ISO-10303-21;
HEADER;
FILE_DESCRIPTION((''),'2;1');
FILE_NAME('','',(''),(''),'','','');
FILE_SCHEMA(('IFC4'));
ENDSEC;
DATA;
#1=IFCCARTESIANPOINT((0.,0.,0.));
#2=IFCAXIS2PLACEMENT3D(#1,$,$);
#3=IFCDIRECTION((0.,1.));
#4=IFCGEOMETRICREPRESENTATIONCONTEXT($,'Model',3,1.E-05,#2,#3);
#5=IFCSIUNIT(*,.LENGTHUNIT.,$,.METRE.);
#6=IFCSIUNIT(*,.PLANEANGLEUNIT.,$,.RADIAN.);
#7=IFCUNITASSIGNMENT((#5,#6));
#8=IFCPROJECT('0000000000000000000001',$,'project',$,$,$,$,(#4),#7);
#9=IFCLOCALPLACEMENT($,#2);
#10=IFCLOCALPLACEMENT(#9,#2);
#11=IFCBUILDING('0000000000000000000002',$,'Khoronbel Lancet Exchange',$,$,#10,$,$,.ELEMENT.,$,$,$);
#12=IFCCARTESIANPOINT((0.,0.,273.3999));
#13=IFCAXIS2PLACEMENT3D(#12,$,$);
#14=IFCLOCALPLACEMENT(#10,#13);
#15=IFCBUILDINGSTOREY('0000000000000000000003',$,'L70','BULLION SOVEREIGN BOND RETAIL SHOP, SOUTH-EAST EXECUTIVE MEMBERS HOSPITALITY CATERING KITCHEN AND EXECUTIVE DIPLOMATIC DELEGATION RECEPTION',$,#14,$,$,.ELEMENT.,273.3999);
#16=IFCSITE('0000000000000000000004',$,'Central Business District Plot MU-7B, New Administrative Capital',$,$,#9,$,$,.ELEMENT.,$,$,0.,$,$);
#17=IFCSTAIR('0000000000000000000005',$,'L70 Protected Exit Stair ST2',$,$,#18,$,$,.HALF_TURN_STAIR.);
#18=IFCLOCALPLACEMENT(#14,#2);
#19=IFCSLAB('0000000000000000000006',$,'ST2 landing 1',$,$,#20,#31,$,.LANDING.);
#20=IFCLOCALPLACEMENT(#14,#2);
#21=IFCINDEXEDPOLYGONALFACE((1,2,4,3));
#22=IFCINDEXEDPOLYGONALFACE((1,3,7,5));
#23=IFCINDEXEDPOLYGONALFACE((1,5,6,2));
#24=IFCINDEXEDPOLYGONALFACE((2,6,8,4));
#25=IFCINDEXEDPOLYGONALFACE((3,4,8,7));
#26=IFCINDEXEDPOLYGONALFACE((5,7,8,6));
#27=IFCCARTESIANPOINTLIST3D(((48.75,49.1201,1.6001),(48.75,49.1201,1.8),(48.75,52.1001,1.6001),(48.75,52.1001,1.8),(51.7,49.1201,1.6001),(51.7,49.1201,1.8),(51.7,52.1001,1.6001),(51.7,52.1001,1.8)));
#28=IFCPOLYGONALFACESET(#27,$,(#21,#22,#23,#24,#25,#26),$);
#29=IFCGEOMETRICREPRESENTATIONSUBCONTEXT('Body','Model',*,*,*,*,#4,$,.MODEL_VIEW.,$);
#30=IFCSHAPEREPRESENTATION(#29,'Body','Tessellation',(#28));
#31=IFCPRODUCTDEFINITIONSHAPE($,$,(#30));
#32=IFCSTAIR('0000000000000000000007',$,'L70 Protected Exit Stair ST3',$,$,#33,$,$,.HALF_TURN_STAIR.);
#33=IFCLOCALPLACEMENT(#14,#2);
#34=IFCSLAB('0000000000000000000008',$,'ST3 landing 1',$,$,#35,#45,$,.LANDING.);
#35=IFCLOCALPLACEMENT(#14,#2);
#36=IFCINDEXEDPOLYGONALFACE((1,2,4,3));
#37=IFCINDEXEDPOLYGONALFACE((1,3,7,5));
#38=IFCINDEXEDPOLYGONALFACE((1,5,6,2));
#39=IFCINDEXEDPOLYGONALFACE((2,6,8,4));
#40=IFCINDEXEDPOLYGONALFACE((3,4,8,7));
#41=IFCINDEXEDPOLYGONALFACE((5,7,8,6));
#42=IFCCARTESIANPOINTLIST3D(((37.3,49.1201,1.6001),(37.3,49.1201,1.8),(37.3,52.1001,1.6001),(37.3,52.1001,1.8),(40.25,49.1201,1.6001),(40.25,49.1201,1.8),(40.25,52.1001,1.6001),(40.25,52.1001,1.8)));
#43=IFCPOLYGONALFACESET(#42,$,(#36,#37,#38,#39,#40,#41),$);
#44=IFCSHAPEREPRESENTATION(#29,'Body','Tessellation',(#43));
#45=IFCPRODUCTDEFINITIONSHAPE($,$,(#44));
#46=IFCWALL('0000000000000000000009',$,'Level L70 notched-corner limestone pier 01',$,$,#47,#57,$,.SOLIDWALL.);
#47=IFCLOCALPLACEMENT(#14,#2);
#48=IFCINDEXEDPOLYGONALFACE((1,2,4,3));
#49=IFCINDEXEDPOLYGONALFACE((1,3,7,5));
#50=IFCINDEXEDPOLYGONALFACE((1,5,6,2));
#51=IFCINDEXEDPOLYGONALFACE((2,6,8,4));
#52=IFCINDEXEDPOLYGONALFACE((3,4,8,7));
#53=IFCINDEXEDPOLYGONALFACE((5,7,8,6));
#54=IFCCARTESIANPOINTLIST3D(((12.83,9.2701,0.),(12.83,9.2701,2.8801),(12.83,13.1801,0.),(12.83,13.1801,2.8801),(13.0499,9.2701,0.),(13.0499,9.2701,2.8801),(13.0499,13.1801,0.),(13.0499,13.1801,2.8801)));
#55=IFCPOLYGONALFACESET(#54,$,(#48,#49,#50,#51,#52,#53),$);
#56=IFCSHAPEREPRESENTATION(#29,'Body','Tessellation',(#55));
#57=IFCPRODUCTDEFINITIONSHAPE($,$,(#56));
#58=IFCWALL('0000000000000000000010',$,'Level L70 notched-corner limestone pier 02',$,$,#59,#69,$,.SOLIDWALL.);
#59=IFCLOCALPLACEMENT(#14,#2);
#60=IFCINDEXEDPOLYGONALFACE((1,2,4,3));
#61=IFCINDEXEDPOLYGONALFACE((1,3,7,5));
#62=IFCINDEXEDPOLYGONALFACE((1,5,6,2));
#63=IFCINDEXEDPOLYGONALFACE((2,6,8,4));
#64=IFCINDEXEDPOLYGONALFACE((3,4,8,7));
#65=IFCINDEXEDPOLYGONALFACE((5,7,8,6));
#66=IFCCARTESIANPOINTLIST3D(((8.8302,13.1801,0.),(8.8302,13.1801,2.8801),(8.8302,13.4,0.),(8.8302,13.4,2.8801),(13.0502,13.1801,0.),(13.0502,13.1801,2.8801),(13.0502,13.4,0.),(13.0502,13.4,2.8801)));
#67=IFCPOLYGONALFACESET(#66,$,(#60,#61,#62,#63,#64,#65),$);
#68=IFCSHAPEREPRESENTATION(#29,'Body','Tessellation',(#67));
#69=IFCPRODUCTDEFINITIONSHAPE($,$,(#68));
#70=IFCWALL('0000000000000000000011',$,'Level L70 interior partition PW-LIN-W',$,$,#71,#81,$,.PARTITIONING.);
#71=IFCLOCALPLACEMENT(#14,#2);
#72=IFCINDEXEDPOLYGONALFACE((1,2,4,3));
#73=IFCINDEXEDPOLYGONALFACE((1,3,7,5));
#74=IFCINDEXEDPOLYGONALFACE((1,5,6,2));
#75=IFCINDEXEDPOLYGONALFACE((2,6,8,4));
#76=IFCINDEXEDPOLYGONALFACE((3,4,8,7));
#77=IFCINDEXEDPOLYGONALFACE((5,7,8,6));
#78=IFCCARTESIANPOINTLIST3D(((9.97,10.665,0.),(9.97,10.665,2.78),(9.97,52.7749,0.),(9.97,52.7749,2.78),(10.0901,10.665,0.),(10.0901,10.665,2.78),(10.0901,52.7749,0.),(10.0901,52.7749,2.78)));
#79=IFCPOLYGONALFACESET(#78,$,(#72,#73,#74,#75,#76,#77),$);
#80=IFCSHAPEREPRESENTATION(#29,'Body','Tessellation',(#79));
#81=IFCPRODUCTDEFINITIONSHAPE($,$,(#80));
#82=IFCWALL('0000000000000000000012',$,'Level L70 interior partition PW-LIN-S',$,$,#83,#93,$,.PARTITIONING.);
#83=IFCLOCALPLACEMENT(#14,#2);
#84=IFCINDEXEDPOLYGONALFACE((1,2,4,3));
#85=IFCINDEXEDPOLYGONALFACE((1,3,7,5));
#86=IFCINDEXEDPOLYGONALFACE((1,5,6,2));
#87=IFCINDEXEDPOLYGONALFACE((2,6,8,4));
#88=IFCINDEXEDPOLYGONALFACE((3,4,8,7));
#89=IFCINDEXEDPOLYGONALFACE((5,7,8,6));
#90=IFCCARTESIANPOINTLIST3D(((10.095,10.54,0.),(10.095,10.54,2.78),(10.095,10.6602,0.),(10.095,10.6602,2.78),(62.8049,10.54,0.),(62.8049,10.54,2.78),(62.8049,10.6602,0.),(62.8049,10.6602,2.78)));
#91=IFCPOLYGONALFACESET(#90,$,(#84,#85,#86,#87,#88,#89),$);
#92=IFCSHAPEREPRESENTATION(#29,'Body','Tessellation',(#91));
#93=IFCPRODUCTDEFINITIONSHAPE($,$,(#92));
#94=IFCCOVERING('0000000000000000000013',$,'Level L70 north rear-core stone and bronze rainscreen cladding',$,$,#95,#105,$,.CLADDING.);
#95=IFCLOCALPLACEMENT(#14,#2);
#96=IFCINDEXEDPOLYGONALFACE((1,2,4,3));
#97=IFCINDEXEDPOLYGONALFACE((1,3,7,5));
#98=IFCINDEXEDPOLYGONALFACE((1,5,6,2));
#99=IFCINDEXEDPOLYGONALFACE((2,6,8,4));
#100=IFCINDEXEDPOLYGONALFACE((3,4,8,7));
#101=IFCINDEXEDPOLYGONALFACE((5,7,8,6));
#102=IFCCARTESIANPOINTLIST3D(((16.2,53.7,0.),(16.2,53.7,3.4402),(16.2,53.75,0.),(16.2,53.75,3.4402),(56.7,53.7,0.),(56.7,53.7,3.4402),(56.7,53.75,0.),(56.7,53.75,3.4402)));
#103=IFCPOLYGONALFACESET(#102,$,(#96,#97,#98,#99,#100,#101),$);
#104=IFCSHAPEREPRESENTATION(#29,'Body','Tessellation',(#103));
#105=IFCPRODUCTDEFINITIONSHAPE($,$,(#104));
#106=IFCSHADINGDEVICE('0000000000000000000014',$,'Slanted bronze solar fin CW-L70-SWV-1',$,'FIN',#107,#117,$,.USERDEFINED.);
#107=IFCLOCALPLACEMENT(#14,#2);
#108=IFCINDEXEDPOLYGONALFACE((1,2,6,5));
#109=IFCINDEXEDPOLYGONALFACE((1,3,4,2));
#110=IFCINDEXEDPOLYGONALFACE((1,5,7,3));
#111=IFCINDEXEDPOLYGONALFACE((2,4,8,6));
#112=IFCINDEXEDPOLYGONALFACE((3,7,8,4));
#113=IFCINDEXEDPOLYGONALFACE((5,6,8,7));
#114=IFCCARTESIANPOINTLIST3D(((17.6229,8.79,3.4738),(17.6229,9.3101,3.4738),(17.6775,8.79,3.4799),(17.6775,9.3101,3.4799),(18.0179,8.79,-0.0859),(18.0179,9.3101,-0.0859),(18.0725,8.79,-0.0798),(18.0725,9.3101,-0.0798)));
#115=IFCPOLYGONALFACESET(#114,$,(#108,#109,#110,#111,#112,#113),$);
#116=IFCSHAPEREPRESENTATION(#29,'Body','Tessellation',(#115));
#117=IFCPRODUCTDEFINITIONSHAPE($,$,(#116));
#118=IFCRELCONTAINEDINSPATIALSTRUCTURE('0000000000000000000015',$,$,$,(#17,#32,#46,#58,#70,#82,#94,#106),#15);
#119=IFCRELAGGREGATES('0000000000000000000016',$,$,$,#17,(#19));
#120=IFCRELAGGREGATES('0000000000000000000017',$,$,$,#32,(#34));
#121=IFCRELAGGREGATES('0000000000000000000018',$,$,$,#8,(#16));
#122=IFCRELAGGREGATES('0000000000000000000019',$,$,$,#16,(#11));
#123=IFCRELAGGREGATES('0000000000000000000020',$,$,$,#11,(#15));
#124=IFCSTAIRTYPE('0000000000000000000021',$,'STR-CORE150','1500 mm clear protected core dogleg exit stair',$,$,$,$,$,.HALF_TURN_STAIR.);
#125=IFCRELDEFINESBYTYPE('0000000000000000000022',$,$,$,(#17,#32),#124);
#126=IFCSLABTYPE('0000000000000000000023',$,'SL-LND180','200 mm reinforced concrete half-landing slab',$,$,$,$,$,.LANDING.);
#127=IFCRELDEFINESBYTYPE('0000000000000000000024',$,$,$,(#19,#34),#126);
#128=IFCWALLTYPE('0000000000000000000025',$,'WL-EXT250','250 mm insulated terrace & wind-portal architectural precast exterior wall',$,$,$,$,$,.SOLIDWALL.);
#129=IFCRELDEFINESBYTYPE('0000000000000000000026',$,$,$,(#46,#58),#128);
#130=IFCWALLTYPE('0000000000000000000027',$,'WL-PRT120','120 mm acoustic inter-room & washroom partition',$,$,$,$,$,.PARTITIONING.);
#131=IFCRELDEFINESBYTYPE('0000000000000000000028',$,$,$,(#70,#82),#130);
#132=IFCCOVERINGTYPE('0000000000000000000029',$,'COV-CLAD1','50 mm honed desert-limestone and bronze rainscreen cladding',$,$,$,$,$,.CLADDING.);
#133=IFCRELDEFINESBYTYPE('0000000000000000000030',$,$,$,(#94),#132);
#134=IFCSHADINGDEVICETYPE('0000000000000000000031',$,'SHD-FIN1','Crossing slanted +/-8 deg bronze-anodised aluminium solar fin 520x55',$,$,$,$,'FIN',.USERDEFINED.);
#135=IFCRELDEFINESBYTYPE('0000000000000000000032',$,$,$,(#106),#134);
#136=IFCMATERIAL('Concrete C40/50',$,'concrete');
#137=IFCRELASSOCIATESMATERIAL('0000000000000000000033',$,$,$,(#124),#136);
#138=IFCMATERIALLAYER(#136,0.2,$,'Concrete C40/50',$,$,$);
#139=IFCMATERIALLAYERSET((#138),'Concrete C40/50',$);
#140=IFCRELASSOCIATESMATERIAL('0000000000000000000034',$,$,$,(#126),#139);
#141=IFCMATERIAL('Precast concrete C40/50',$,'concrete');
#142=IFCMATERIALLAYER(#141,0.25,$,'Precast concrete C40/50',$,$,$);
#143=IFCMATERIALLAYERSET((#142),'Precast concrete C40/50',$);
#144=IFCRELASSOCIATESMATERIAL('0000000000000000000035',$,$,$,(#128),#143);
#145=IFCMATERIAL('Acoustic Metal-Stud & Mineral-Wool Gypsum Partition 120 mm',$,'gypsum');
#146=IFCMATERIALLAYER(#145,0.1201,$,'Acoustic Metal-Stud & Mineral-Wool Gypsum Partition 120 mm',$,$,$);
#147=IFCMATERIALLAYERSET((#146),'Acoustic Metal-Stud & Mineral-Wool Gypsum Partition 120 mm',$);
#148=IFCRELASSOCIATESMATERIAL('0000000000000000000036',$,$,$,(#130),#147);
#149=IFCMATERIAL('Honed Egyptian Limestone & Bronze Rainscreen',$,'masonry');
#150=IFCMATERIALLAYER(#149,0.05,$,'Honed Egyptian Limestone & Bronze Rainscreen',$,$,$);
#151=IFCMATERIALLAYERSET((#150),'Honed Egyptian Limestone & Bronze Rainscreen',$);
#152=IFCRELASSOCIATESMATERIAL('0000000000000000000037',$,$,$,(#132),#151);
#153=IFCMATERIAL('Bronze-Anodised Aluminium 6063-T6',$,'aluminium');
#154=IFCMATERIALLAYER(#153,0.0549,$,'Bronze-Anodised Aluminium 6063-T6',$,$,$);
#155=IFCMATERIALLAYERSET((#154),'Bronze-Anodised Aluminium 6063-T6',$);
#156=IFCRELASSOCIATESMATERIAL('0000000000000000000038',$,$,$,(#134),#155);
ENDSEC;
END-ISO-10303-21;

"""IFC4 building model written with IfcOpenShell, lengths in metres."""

from ifc_helpers import new_model, si_unit, direction, frame, frame_2d, origin, place, context, subcontext, project, spatial, polyline, rectangle, outline, extrude, material, layer, layer_set, type_object, element, aggregate, save


model = new_model("IFC4")

# Units and contexts
model_context = context("Model", 3, precision=1e-05, world=origin(), true_north=direction((0.0, 1.0)))
body_context = subcontext(model_context, "Body", "Model", "MODEL_VIEW")
ifc_project = project(units=[si_unit("LENGTHUNIT", "METRE"), si_unit("PLANEANGLEUNIT", "RADIAN")], contexts=[model_context])

# Site, building, storey
site_placement = place(None, origin())
site = spatial("IfcSite", under=ifc_project, at=site_placement, Name="Central Business District Plot MU-7B, New Administrative Capital", CompositionType="ELEMENT", RefElevation=0.0)
building_placement = place(site_placement, origin())
building = spatial("IfcBuilding", under=site, at=building_placement, Name="Khoronbel Lancet Exchange", CompositionType="ELEMENT")
storey_placement = place(building_placement, frame((0.0, 0.0, 273.3999)))
storey = spatial("IfcBuildingStorey", under=building, at=storey_placement, Name="L70", Description="BULLION SOVEREIGN BOND RETAIL SHOP, SOUTH-EAST EXECUTIVE MEMBERS HOSPITALITY CATERING KITCHEN AND EXECUTIVE DIPLOMATIC DELEGATION RECEPTION", CompositionType="ELEMENT", Elevation=273.3999)

# Shared definitions
ifc_material_1 = material(Name="Bronze-Anodised Aluminium 6063-T6", Category="aluminium")

# Shared definitions
ifc_material_2 = material(Name="Concrete C40/50", Category="concrete")

# Stairs, slabs
stair_type = type_object("IfcStairType", Name="STR-CORE150", Description="1500 mm clear protected core dogleg exit stair", PredefinedType="HALF_TURN_STAIR", material=ifc_material_2)
ifc_layer_1 = layer(ifc_material_2, 0.2, Name="Concrete C40/50")
ifc_layer_set_1 = layer_set([ifc_layer_1], Name="Concrete C40/50")
slab_type_1 = type_object("IfcSlabType", Name="SL-LND180", Description="200 mm reinforced concrete half-landing slab", PredefinedType="LANDING", material=ifc_layer_set_1)
stair_1_placement = place(storey_placement, origin())
stair_1 = element("IfcStair", 1, at=stair_1_placement, inside=storey, type_object=stair_type, Name="L70 Protected Exit Stair ST2", PredefinedType="HALF_TURN_STAIR")
slab_1_placement = place(storey_placement, frame((0.0, 0.0, 1.6001)))
slab_1 = element("IfcSlab", 2, at=slab_1_placement, type_object=slab_type_1, Name="ST2 landing 1", PredefinedType="LANDING", context=body_context, shape_type="SweptSolid", body=[
    extrude(outline(polyline([(51.7, 52.1001), (48.75, 52.1001), (48.75, 49.1201), (51.7, 49.1201), (51.7, 52.1001)])), origin(), (0.0, 0.0, 1.0), 0.2),
])
aggregate(stair_1, [slab_1])
stair_2_placement = place(storey_placement, origin())
stair_2 = element("IfcStair", 3, at=stair_2_placement, inside=storey, type_object=stair_type, Name="L70 Protected Exit Stair ST3", PredefinedType="HALF_TURN_STAIR")
slab_2_placement = place(storey_placement, frame((0.0, 0.0, 1.6001)))
slab_2 = element("IfcSlab", 4, at=slab_2_placement, type_object=slab_type_1, Name="ST3 landing 1", PredefinedType="LANDING", context=body_context, shape_type="SweptSolid", body=[
    extrude(outline(polyline([(37.3, 49.1201), (40.25, 49.1201), (40.25, 52.1001), (37.3, 52.1001), (37.3, 49.1201)])), origin(), (0.0, 0.0, 1.0), 0.2),
])
aggregate(stair_2, [slab_2])

# Walls
ifc_material_3 = material(Name="Precast concrete C40/50", Category="concrete")
ifc_layer_2 = layer(ifc_material_3, 0.25, Name="Precast concrete C40/50")
ifc_layer_set_2 = layer_set([ifc_layer_2], Name="Precast concrete C40/50")
wall_type_1 = type_object("IfcWallType", Name="WL-EXT250", Description="250 mm insulated terrace & wind-portal architectural precast exterior wall", PredefinedType="SOLIDWALL", material=ifc_layer_set_2)
wall_1_placement = place(storey_placement, frame((12.9399, 9.27, 0.0), z_axis=(0.0, 0.0, 1.0), x_axis=(0.0, 1.0, 0.0)))
element("IfcWall", 5, at=wall_1_placement, inside=storey, type_object=wall_type_1, Name="Level L70 notched-corner limestone pier 01", PredefinedType="SOLIDWALL", context=body_context, shape_type="SweptSolid", body=[
    extrude(rectangle(XDim=3.9099, YDim=0.22, at=frame_2d((1.9551, 0.0))), origin(), (0.0, 0.0, 1.0), 2.8801),
])
wall_2_placement = place(storey_placement, frame((13.05, 13.29, 0.0), z_axis=(0.0, 0.0, 1.0), x_axis=(-1.0, 0.0, 0.0)))
element("IfcWall", 6, at=wall_2_placement, inside=storey, type_object=wall_type_1, Name="Level L70 notched-corner limestone pier 02", PredefinedType="SOLIDWALL", context=body_context, shape_type="SweptSolid", body=[
    extrude(rectangle(XDim=4.22, YDim=0.22, at=frame_2d((2.1099, 0.0))), origin(), (0.0, 0.0, 1.0), 2.8801),
])
ifc_material_4 = material(Name="Acoustic Metal-Stud & Mineral-Wool Gypsum Partition 120 mm", Category="gypsum")
ifc_layer_3 = layer(ifc_material_4, 0.1201, Name="Acoustic Metal-Stud & Mineral-Wool Gypsum Partition 120 mm")
ifc_layer_set_3 = layer_set([ifc_layer_3], Name="Acoustic Metal-Stud & Mineral-Wool Gypsum Partition 120 mm")
wall_type_2 = type_object("IfcWallType", Name="WL-PRT120", Description="120 mm acoustic inter-room & washroom partition", PredefinedType="PARTITIONING", material=ifc_layer_set_3)
wall_3_placement = place(storey_placement, frame((10.03, 10.665, 0.0), z_axis=(0.0, 0.0, 1.0), x_axis=(0.0, 1.0, 0.0)))
element("IfcWall", 7, at=wall_3_placement, inside=storey, type_object=wall_type_2, Name="Level L70 interior partition PW-LIN-W", PredefinedType="PARTITIONING", context=body_context, shape_type="SweptSolid", body=[
    extrude(rectangle(XDim=42.1099, YDim=0.1201, at=frame_2d((21.0549, 0.0))), origin(), (0.0, 0.0, 1.0), 2.78),
])
wall_4_placement = place(storey_placement, frame((10.095, 10.6001, 0.0), z_axis=(0.0, 0.0, 1.0), x_axis=(1.0, 0.0, 0.0)))
element("IfcWall", 8, at=wall_4_placement, inside=storey, type_object=wall_type_2, Name="Level L70 interior partition PW-LIN-S", PredefinedType="PARTITIONING", context=body_context, shape_type="SweptSolid", body=[
    extrude(rectangle(XDim=52.71, YDim=0.1201, at=frame_2d((26.355, 0.0))), origin(), (0.0, 0.0, 1.0), 2.78),
])

# Covering
ifc_material_5 = material(Name="Honed Egyptian Limestone & Bronze Rainscreen", Category="masonry")
ifc_layer_4 = layer(ifc_material_5, 0.05, Name="Honed Egyptian Limestone & Bronze Rainscreen")
ifc_layer_set_4 = layer_set([ifc_layer_4], Name="Honed Egyptian Limestone & Bronze Rainscreen")
covering_type = type_object("IfcCoveringType", Name="COV-CLAD1", Description="50 mm honed desert-limestone and bronze rainscreen cladding", PredefinedType="CLADDING", material=ifc_layer_set_4)
covering_placement = place(storey_placement, origin())
element("IfcCovering", 9, at=covering_placement, inside=storey, type_object=covering_type, Name="Level L70 north rear-core stone and bronze rainscreen cladding", PredefinedType="CLADDING", context=body_context, shape_type="SweptSolid", body=[
    extrude(outline(polyline([(16.2, 53.7), (56.7, 53.7), (56.7, 53.75), (16.2, 53.75), (16.2, 53.7)])), origin(), (0.0, 0.0, 1.0), 3.4402),
])

# Shading device
ifc_layer_5 = layer(ifc_material_1, 0.0549, Name="Bronze-Anodised Aluminium 6063-T6")
ifc_layer_set_5 = layer_set([ifc_layer_5], Name="Bronze-Anodised Aluminium 6063-T6")
shading_device_type = type_object("IfcShadingDeviceType", Name="SHD-FIN1", Description="Crossing slanted +/-8 deg bronze-anodised aluminium solar fin 520x55", ElementType="FIN", PredefinedType="USERDEFINED", material=ifc_layer_set_5)
shading_device_placement = place(storey_placement, frame((18.0725, 9.3101, -0.0798), z_axis=(0.9939, 0.0, 0.110289), x_axis=(0.0, -1.0, 0.0)))
element("IfcShadingDevice", 10, at=shading_device_placement, inside=storey, type_object=shading_device_type, Name="Slanted bronze solar fin CW-L70-SWV-1", ObjectType="FIN", PredefinedType="USERDEFINED", context=body_context, shape_type="SweptSolid", body=[
    extrude(outline(polyline([(0.0, 0.0), (0.52, 0.0), (0.52, -3.5815), (0.0, -3.5815), (0.0, 0.0)])), origin(), (0.0, 0.0, -1.0), 0.0549),
])

save(model, "model.ifc")
